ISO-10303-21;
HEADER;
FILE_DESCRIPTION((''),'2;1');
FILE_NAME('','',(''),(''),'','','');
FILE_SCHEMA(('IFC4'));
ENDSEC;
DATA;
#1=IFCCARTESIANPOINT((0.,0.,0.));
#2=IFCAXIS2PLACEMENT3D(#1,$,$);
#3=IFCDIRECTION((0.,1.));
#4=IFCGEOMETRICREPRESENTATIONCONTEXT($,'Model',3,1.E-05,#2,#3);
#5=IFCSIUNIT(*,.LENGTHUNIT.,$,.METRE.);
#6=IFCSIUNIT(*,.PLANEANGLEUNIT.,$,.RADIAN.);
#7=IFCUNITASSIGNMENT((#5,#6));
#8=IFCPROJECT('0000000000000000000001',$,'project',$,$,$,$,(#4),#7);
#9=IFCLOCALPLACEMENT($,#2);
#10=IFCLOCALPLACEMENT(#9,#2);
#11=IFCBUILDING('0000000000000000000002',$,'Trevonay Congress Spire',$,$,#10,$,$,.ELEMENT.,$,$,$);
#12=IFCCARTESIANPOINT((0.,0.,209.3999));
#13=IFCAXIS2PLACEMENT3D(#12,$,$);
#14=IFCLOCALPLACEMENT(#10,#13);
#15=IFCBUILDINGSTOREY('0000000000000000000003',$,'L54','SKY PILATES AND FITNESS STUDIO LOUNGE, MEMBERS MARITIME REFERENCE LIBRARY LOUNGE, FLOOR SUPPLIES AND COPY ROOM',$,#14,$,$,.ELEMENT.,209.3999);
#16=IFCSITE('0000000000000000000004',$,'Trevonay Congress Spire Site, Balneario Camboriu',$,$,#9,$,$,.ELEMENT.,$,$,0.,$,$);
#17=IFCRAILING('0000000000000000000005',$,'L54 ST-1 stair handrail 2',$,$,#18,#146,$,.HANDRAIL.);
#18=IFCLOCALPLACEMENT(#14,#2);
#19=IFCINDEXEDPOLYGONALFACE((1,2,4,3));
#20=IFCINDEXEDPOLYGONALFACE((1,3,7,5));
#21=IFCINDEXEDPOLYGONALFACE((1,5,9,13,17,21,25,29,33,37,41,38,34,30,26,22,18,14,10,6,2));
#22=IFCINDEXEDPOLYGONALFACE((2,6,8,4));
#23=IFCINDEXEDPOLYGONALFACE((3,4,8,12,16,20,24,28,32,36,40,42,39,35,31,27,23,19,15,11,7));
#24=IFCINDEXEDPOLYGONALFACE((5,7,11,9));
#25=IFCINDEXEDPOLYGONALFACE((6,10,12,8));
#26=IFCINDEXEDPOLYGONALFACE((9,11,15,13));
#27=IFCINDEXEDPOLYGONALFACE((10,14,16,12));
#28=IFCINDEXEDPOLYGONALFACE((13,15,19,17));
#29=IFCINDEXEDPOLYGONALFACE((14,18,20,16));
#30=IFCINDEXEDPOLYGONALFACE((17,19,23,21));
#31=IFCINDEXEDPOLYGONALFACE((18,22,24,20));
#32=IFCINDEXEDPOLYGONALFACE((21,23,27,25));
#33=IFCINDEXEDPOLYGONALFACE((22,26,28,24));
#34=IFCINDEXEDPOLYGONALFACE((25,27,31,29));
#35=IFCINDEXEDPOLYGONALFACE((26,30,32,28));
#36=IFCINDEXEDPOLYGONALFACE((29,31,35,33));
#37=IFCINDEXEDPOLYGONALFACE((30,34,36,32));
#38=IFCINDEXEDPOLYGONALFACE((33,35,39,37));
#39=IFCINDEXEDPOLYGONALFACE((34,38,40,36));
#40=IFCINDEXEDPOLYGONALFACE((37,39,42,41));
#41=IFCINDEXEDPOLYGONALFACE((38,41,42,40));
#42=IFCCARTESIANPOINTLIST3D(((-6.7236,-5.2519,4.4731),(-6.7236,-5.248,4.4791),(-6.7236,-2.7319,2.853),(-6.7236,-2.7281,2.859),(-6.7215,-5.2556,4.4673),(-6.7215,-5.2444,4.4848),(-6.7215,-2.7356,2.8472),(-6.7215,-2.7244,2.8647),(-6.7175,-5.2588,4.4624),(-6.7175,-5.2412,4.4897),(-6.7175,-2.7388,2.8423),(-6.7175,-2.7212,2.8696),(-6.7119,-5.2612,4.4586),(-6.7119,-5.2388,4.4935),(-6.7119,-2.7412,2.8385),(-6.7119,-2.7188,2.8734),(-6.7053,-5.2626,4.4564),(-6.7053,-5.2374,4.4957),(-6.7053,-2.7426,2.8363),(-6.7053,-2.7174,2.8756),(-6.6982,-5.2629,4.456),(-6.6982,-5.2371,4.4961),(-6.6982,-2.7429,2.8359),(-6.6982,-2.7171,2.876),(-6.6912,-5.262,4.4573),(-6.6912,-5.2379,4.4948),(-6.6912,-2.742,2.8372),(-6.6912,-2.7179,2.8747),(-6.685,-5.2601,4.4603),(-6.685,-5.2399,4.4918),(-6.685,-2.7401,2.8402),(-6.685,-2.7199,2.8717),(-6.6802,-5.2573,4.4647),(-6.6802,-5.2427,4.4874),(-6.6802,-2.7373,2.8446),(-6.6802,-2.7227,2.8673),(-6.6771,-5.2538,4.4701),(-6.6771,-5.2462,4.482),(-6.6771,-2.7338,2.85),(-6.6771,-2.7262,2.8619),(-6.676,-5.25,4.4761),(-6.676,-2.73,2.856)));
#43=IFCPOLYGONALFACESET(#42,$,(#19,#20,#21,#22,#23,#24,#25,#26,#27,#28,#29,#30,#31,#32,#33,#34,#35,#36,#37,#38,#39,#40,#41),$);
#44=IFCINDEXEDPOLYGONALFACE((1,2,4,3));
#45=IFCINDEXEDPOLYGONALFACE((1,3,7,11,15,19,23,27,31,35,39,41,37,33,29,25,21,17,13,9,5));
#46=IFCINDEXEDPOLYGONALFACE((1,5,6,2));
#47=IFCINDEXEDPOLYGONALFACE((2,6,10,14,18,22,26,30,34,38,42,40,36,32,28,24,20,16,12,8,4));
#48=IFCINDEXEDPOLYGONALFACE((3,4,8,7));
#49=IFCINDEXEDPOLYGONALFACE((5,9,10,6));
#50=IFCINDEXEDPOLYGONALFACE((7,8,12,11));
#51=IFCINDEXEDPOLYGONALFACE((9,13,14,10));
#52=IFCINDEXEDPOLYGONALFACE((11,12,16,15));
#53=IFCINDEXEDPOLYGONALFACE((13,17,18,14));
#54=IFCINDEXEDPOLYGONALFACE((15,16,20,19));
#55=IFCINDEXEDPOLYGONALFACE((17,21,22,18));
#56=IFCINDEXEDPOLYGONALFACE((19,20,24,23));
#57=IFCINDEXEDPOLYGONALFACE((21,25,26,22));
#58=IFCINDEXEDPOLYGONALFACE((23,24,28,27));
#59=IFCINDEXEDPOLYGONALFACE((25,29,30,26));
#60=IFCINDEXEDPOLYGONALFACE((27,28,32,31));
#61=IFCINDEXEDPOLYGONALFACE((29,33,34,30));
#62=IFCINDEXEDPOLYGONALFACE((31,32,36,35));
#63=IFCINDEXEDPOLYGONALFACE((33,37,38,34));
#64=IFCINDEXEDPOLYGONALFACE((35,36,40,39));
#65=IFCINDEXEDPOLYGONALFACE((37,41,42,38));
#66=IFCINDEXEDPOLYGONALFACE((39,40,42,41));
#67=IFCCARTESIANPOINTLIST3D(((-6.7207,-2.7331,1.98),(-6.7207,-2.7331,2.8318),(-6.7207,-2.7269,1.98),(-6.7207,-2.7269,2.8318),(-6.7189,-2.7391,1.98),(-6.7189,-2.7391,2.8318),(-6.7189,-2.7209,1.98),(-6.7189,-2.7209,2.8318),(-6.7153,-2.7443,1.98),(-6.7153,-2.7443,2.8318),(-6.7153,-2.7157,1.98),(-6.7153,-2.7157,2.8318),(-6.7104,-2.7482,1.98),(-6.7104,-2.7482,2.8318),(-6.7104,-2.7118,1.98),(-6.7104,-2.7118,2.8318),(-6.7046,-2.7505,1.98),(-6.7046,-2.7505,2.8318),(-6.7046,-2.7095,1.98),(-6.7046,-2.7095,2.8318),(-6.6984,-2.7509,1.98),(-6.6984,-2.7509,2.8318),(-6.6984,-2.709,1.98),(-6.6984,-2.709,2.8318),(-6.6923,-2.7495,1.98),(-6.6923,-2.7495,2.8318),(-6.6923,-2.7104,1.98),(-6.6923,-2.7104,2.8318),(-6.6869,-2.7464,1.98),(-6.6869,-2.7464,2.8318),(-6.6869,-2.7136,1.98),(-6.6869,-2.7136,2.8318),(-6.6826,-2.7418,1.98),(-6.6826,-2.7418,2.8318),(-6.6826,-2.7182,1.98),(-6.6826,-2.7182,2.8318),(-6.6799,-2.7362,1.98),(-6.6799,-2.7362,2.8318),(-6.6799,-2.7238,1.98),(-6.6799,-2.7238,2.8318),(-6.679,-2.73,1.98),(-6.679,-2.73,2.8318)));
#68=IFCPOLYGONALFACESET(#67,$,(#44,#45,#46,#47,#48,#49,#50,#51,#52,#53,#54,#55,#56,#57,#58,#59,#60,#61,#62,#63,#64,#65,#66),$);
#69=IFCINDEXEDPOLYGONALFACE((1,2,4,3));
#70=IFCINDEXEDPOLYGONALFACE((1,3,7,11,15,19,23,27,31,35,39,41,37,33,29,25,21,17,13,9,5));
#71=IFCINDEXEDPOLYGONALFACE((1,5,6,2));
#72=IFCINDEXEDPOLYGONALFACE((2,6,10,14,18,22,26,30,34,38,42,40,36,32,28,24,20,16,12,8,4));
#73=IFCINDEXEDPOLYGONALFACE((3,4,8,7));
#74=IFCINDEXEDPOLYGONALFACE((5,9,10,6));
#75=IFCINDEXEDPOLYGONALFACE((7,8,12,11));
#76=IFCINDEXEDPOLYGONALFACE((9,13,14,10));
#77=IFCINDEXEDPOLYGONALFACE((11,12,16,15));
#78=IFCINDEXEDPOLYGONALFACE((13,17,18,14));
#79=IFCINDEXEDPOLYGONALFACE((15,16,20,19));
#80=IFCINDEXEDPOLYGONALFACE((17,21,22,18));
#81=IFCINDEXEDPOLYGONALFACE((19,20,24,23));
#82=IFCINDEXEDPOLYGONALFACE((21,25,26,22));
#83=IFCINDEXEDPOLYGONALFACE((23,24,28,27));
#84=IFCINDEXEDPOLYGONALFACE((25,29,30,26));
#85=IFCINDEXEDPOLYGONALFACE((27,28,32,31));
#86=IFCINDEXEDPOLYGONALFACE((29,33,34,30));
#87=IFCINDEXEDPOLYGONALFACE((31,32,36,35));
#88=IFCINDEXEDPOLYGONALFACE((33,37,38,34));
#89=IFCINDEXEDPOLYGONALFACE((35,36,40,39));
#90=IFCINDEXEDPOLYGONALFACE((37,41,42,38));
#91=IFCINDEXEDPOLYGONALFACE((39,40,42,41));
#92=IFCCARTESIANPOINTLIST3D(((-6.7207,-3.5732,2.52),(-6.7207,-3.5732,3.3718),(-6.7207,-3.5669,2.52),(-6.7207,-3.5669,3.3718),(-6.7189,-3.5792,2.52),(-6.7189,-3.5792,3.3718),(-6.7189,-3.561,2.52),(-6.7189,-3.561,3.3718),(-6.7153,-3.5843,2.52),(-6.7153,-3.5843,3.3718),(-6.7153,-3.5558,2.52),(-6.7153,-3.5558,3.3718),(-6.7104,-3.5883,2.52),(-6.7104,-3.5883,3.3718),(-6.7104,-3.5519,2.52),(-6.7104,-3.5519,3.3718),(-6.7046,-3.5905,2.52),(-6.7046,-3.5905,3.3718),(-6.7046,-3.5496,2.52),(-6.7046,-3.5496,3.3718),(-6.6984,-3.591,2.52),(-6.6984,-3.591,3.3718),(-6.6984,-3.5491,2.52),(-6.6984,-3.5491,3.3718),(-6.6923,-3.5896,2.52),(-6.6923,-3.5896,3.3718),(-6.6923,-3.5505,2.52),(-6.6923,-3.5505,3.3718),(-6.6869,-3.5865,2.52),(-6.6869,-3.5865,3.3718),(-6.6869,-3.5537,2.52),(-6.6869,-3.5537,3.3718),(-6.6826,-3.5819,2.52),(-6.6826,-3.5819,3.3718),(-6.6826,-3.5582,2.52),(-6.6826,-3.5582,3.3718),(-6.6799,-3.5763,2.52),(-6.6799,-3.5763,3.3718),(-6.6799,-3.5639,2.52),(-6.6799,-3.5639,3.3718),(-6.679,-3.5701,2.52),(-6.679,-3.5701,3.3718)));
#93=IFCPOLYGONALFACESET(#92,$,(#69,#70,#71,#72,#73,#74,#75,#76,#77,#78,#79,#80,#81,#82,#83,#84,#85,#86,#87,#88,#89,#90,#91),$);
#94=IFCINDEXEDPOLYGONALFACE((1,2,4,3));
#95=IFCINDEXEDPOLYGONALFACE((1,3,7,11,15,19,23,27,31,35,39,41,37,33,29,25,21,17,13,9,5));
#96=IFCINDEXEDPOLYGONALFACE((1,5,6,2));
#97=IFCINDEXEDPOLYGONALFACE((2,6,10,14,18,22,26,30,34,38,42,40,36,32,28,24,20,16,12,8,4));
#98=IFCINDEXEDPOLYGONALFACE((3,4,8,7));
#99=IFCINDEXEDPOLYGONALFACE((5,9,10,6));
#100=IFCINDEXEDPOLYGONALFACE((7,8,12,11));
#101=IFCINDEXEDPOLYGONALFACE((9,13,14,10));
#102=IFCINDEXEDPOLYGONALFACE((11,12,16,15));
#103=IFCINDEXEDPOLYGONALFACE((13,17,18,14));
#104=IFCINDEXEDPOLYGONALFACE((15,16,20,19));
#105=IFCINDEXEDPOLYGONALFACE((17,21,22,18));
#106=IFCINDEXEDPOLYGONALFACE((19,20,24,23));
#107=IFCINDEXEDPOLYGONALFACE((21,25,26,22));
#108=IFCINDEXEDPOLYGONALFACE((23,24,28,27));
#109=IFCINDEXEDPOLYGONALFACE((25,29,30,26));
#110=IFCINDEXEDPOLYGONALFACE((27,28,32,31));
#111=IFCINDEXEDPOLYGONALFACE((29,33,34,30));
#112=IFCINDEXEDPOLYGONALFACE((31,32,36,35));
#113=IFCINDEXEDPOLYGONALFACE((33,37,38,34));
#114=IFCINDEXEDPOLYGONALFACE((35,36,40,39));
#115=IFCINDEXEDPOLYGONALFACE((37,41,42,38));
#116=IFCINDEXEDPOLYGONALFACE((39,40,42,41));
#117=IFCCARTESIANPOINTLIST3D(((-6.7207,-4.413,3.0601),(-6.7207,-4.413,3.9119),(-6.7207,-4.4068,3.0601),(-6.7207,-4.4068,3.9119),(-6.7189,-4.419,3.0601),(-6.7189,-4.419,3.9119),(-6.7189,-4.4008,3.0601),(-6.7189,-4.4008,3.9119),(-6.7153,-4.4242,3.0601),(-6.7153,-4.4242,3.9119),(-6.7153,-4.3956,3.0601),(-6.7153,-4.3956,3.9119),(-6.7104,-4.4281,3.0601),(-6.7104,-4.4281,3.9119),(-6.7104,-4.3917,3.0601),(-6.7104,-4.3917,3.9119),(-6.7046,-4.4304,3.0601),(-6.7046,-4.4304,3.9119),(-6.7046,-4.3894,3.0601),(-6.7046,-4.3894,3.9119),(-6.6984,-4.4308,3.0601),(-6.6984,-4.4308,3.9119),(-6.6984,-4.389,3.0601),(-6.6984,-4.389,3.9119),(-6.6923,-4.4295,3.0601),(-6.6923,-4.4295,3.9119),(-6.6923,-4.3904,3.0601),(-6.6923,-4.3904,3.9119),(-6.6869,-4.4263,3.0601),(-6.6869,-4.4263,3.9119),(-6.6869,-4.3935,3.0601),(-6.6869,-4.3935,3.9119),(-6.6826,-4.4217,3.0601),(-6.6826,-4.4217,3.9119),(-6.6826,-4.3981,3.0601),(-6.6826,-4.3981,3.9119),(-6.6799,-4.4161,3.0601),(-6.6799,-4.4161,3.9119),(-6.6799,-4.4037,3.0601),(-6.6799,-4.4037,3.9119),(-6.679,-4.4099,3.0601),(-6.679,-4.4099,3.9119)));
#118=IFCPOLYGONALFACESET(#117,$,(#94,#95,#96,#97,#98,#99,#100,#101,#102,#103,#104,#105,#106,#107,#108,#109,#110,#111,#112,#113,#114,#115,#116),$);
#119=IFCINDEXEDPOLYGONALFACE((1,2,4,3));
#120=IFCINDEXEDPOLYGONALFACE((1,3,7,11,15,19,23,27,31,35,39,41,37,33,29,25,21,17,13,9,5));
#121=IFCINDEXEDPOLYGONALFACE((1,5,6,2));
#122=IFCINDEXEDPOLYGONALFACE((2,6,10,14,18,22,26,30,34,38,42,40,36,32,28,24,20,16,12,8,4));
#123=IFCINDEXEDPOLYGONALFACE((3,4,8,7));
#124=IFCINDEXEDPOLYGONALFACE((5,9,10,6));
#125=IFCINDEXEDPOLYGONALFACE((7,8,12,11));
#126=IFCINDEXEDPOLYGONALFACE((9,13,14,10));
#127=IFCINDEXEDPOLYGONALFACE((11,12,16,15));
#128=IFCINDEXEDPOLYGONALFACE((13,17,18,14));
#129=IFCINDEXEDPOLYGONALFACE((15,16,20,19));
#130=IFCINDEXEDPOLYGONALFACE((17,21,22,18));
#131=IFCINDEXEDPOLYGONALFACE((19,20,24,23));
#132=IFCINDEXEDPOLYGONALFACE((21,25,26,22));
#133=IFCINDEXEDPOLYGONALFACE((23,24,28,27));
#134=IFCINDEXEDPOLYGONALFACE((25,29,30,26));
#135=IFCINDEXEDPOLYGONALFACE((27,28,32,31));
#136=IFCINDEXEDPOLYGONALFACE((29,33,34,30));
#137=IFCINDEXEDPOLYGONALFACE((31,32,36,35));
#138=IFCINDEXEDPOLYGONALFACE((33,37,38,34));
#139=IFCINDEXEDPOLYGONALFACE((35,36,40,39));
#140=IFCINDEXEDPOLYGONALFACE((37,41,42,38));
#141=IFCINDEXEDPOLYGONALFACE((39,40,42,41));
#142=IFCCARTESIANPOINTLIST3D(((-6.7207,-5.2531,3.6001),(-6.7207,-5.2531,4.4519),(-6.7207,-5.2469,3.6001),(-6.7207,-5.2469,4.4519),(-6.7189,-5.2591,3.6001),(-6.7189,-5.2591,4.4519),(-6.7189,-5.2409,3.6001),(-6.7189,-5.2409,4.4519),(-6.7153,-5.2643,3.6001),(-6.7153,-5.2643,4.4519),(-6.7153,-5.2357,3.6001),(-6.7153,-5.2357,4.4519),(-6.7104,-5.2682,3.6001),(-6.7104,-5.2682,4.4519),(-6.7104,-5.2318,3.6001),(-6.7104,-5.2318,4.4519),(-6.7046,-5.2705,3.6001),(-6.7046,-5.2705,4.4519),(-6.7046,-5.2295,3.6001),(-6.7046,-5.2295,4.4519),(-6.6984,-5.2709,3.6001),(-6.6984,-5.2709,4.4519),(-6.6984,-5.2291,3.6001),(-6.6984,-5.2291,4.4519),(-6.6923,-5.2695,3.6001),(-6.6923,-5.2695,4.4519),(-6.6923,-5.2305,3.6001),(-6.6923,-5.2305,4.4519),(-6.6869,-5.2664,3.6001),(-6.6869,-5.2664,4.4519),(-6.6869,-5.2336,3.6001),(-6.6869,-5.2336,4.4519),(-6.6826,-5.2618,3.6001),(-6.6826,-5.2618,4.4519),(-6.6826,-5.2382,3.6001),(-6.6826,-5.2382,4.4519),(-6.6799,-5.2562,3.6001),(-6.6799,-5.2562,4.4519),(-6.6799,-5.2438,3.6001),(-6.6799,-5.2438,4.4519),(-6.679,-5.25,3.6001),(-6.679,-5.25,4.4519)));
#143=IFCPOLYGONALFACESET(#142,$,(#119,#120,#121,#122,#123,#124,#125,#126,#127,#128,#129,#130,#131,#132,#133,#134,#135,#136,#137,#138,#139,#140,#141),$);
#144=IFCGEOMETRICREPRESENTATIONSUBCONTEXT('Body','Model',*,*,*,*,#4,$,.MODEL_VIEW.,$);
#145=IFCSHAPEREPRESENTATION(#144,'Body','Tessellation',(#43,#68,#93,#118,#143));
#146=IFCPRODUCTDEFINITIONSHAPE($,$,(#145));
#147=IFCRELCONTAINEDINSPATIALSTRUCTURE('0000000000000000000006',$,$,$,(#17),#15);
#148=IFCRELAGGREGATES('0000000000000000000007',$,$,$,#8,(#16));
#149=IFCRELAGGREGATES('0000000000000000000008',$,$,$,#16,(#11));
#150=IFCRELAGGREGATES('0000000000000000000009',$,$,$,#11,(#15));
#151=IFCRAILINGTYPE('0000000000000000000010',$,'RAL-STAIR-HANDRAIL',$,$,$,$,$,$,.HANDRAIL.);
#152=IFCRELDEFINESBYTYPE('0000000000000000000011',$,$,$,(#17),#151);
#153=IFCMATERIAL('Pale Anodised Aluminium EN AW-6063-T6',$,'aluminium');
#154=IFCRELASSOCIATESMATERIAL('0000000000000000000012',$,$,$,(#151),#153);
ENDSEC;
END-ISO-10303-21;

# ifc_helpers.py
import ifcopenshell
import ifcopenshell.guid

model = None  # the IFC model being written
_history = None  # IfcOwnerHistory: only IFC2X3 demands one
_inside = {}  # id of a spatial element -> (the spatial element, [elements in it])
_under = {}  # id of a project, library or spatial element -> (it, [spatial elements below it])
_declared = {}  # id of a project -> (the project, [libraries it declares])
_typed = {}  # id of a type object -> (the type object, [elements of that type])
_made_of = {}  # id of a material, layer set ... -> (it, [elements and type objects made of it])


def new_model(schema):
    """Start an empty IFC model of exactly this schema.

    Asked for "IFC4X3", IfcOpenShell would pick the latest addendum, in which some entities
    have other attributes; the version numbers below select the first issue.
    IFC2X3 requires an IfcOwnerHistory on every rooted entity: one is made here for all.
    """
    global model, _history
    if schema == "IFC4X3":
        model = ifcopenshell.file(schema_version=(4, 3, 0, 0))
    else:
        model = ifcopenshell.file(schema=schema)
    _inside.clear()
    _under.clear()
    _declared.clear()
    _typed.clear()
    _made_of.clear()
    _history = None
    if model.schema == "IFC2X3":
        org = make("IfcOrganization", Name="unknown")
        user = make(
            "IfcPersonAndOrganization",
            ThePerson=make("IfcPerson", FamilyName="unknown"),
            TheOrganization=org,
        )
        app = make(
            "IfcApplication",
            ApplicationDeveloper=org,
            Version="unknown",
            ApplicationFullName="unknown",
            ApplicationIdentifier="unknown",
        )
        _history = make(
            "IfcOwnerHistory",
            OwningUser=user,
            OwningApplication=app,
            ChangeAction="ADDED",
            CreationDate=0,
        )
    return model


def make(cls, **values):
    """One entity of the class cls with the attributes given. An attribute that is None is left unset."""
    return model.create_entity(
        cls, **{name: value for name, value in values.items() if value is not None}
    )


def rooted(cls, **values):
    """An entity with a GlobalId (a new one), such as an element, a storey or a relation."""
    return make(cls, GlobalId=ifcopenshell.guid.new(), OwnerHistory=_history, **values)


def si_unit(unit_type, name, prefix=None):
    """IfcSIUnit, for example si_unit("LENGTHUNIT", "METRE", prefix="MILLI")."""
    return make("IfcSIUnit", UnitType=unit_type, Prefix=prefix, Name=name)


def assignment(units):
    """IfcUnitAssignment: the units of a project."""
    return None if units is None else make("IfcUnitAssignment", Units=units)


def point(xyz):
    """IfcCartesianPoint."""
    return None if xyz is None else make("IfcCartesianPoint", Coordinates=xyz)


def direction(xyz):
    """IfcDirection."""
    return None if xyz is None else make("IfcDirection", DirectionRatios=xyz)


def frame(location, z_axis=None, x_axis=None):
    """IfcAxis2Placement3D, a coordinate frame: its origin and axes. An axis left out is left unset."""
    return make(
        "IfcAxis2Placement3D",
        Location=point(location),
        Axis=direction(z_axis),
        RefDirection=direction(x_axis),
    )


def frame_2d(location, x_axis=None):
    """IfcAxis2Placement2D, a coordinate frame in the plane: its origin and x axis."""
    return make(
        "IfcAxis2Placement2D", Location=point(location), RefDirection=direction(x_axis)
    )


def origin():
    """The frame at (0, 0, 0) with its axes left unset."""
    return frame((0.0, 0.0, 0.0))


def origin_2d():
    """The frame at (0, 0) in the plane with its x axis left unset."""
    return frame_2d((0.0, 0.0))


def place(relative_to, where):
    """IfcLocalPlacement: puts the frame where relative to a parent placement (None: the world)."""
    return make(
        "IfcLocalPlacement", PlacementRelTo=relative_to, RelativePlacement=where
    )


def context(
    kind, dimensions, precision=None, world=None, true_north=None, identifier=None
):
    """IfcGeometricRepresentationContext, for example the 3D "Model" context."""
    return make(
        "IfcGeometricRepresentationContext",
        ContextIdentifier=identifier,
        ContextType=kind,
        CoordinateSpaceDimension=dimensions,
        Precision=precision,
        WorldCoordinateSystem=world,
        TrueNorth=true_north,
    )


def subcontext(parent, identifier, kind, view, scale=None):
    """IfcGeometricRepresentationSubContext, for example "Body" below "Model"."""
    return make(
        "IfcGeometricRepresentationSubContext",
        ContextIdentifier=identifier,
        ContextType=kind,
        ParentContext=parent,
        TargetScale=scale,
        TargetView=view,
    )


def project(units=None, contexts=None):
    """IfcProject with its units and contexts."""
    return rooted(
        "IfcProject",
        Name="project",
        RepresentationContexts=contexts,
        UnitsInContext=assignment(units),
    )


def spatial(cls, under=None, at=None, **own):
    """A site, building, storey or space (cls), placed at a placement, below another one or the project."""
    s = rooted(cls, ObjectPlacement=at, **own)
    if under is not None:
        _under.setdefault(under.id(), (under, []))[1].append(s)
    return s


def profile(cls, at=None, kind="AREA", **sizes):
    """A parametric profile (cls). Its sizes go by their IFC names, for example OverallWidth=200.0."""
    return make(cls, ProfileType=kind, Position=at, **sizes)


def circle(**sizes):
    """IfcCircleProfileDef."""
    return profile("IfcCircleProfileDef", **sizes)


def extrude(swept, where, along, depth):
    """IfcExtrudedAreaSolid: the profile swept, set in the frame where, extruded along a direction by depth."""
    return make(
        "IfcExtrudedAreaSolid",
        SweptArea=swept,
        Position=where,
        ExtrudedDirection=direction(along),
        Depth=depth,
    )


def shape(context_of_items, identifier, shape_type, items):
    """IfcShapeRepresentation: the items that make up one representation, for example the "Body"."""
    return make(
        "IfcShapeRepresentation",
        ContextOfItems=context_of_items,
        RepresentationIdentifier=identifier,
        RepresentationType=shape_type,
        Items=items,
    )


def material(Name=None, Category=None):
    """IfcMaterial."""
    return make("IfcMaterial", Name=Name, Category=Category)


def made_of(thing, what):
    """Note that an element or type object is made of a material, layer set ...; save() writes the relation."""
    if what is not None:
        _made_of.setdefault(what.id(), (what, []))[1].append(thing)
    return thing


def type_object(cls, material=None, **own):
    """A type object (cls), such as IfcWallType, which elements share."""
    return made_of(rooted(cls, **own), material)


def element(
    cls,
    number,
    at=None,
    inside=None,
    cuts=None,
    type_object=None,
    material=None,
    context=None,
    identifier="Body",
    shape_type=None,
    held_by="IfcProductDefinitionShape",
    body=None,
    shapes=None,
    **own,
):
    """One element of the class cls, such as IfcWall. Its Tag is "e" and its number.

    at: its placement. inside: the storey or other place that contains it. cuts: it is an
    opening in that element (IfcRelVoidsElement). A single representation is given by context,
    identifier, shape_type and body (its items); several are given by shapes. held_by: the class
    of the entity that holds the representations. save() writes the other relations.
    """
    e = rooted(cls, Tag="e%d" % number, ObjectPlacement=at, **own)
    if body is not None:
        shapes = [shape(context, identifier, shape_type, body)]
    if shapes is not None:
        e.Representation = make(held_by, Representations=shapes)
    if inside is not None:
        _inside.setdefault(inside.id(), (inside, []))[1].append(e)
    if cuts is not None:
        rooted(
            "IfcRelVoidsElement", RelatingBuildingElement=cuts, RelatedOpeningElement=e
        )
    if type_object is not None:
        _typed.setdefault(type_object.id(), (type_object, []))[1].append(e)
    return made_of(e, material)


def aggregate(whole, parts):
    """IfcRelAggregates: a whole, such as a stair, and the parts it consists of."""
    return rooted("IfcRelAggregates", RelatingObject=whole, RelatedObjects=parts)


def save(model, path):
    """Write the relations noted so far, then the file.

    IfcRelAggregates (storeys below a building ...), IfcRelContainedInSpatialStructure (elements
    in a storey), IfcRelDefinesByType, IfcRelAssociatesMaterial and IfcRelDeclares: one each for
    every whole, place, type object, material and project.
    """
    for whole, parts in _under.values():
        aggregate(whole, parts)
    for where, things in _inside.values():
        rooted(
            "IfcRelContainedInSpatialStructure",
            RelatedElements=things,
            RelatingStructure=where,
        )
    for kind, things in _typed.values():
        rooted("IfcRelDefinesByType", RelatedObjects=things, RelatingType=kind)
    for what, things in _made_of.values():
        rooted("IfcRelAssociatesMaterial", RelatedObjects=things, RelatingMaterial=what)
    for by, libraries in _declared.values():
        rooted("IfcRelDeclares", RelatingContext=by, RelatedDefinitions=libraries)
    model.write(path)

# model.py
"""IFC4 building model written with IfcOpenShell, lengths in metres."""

from ifc_helpers import new_model, si_unit, direction, frame, origin, origin_2d, place, context, subcontext, project, spatial, circle, extrude, material, type_object, element, save


model = new_model("IFC4")

# Units and contexts
model_context = context("Model", 3, precision=1e-05, world=origin(), true_north=direction((0.0, 1.0)))
body_context = subcontext(model_context, "Body", "Model", "MODEL_VIEW")
ifc_project = project(units=[si_unit("LENGTHUNIT", "METRE"), si_unit("PLANEANGLEUNIT", "RADIAN")], contexts=[model_context])

# Site, building, storey
site_placement = place(None, origin())
site = spatial("IfcSite", under=ifc_project, at=site_placement, Name="Trevonay Congress Spire Site, Balneario Camboriu", CompositionType="ELEMENT", RefElevation=0.0)
building_placement = place(site_placement, origin())
building = spatial("IfcBuilding", under=site, at=building_placement, Name="Trevonay Congress Spire", CompositionType="ELEMENT")
storey_placement = place(building_placement, frame((0.0, 0.0, 209.3999)))
storey = spatial("IfcBuildingStorey", under=building, at=storey_placement, Name="L54", Description="SKY PILATES AND FITNESS STUDIO LOUNGE, MEMBERS MARITIME REFERENCE LIBRARY LOUNGE, FLOOR SUPPLIES AND COPY ROOM", CompositionType="ELEMENT", Elevation=209.3999)

# Railing
ifc_material_1 = material(Name="Pale Anodised Aluminium EN AW-6063-T6", Category="aluminium")
railing_type_1 = type_object("IfcRailingType", Name="RAL-STAIR-HANDRAIL", PredefinedType="HANDRAIL", material=ifc_material_1)
railing_1_placement = place(storey_placement, frame((-6.7, -2.73, 1.98)))
element("IfcRailing", 1, at=railing_1_placement, inside=storey, type_object=railing_type_1, Name="L54 ST-1 stair handrail 2", PredefinedType="HANDRAIL", context=body_context, shape_type="SweptSolid", body=[
    extrude(circle(Radius=0.0239, at=origin_2d()), frame((0.0, 0.0, 0.876), z_axis=(0.0, -0.841163, 0.540782), x_axis=(1.0, 0.0, 0.0)), (0.0, 0.0, 1.0), 2.9958),
    extrude(circle(Radius=0.021, at=origin_2d()), origin(), (0.0, 0.0, 1.0), 0.8518),
    extrude(circle(Radius=0.021, at=origin_2d()), frame((0.0, -0.8401, 0.54)), (0.0, 0.0, 1.0), 0.8518),
    extrude(circle(Radius=0.021, at=origin_2d()), frame((0.0, -1.6799, 1.0801)), (0.0, 0.0, 1.0), 0.8518),
    extrude(circle(Radius=0.021, at=origin_2d()), frame((0.0, -2.52, 1.6201)), (0.0, 0.0, 1.0), 0.8518),
])

save(model, "model.ifc")
